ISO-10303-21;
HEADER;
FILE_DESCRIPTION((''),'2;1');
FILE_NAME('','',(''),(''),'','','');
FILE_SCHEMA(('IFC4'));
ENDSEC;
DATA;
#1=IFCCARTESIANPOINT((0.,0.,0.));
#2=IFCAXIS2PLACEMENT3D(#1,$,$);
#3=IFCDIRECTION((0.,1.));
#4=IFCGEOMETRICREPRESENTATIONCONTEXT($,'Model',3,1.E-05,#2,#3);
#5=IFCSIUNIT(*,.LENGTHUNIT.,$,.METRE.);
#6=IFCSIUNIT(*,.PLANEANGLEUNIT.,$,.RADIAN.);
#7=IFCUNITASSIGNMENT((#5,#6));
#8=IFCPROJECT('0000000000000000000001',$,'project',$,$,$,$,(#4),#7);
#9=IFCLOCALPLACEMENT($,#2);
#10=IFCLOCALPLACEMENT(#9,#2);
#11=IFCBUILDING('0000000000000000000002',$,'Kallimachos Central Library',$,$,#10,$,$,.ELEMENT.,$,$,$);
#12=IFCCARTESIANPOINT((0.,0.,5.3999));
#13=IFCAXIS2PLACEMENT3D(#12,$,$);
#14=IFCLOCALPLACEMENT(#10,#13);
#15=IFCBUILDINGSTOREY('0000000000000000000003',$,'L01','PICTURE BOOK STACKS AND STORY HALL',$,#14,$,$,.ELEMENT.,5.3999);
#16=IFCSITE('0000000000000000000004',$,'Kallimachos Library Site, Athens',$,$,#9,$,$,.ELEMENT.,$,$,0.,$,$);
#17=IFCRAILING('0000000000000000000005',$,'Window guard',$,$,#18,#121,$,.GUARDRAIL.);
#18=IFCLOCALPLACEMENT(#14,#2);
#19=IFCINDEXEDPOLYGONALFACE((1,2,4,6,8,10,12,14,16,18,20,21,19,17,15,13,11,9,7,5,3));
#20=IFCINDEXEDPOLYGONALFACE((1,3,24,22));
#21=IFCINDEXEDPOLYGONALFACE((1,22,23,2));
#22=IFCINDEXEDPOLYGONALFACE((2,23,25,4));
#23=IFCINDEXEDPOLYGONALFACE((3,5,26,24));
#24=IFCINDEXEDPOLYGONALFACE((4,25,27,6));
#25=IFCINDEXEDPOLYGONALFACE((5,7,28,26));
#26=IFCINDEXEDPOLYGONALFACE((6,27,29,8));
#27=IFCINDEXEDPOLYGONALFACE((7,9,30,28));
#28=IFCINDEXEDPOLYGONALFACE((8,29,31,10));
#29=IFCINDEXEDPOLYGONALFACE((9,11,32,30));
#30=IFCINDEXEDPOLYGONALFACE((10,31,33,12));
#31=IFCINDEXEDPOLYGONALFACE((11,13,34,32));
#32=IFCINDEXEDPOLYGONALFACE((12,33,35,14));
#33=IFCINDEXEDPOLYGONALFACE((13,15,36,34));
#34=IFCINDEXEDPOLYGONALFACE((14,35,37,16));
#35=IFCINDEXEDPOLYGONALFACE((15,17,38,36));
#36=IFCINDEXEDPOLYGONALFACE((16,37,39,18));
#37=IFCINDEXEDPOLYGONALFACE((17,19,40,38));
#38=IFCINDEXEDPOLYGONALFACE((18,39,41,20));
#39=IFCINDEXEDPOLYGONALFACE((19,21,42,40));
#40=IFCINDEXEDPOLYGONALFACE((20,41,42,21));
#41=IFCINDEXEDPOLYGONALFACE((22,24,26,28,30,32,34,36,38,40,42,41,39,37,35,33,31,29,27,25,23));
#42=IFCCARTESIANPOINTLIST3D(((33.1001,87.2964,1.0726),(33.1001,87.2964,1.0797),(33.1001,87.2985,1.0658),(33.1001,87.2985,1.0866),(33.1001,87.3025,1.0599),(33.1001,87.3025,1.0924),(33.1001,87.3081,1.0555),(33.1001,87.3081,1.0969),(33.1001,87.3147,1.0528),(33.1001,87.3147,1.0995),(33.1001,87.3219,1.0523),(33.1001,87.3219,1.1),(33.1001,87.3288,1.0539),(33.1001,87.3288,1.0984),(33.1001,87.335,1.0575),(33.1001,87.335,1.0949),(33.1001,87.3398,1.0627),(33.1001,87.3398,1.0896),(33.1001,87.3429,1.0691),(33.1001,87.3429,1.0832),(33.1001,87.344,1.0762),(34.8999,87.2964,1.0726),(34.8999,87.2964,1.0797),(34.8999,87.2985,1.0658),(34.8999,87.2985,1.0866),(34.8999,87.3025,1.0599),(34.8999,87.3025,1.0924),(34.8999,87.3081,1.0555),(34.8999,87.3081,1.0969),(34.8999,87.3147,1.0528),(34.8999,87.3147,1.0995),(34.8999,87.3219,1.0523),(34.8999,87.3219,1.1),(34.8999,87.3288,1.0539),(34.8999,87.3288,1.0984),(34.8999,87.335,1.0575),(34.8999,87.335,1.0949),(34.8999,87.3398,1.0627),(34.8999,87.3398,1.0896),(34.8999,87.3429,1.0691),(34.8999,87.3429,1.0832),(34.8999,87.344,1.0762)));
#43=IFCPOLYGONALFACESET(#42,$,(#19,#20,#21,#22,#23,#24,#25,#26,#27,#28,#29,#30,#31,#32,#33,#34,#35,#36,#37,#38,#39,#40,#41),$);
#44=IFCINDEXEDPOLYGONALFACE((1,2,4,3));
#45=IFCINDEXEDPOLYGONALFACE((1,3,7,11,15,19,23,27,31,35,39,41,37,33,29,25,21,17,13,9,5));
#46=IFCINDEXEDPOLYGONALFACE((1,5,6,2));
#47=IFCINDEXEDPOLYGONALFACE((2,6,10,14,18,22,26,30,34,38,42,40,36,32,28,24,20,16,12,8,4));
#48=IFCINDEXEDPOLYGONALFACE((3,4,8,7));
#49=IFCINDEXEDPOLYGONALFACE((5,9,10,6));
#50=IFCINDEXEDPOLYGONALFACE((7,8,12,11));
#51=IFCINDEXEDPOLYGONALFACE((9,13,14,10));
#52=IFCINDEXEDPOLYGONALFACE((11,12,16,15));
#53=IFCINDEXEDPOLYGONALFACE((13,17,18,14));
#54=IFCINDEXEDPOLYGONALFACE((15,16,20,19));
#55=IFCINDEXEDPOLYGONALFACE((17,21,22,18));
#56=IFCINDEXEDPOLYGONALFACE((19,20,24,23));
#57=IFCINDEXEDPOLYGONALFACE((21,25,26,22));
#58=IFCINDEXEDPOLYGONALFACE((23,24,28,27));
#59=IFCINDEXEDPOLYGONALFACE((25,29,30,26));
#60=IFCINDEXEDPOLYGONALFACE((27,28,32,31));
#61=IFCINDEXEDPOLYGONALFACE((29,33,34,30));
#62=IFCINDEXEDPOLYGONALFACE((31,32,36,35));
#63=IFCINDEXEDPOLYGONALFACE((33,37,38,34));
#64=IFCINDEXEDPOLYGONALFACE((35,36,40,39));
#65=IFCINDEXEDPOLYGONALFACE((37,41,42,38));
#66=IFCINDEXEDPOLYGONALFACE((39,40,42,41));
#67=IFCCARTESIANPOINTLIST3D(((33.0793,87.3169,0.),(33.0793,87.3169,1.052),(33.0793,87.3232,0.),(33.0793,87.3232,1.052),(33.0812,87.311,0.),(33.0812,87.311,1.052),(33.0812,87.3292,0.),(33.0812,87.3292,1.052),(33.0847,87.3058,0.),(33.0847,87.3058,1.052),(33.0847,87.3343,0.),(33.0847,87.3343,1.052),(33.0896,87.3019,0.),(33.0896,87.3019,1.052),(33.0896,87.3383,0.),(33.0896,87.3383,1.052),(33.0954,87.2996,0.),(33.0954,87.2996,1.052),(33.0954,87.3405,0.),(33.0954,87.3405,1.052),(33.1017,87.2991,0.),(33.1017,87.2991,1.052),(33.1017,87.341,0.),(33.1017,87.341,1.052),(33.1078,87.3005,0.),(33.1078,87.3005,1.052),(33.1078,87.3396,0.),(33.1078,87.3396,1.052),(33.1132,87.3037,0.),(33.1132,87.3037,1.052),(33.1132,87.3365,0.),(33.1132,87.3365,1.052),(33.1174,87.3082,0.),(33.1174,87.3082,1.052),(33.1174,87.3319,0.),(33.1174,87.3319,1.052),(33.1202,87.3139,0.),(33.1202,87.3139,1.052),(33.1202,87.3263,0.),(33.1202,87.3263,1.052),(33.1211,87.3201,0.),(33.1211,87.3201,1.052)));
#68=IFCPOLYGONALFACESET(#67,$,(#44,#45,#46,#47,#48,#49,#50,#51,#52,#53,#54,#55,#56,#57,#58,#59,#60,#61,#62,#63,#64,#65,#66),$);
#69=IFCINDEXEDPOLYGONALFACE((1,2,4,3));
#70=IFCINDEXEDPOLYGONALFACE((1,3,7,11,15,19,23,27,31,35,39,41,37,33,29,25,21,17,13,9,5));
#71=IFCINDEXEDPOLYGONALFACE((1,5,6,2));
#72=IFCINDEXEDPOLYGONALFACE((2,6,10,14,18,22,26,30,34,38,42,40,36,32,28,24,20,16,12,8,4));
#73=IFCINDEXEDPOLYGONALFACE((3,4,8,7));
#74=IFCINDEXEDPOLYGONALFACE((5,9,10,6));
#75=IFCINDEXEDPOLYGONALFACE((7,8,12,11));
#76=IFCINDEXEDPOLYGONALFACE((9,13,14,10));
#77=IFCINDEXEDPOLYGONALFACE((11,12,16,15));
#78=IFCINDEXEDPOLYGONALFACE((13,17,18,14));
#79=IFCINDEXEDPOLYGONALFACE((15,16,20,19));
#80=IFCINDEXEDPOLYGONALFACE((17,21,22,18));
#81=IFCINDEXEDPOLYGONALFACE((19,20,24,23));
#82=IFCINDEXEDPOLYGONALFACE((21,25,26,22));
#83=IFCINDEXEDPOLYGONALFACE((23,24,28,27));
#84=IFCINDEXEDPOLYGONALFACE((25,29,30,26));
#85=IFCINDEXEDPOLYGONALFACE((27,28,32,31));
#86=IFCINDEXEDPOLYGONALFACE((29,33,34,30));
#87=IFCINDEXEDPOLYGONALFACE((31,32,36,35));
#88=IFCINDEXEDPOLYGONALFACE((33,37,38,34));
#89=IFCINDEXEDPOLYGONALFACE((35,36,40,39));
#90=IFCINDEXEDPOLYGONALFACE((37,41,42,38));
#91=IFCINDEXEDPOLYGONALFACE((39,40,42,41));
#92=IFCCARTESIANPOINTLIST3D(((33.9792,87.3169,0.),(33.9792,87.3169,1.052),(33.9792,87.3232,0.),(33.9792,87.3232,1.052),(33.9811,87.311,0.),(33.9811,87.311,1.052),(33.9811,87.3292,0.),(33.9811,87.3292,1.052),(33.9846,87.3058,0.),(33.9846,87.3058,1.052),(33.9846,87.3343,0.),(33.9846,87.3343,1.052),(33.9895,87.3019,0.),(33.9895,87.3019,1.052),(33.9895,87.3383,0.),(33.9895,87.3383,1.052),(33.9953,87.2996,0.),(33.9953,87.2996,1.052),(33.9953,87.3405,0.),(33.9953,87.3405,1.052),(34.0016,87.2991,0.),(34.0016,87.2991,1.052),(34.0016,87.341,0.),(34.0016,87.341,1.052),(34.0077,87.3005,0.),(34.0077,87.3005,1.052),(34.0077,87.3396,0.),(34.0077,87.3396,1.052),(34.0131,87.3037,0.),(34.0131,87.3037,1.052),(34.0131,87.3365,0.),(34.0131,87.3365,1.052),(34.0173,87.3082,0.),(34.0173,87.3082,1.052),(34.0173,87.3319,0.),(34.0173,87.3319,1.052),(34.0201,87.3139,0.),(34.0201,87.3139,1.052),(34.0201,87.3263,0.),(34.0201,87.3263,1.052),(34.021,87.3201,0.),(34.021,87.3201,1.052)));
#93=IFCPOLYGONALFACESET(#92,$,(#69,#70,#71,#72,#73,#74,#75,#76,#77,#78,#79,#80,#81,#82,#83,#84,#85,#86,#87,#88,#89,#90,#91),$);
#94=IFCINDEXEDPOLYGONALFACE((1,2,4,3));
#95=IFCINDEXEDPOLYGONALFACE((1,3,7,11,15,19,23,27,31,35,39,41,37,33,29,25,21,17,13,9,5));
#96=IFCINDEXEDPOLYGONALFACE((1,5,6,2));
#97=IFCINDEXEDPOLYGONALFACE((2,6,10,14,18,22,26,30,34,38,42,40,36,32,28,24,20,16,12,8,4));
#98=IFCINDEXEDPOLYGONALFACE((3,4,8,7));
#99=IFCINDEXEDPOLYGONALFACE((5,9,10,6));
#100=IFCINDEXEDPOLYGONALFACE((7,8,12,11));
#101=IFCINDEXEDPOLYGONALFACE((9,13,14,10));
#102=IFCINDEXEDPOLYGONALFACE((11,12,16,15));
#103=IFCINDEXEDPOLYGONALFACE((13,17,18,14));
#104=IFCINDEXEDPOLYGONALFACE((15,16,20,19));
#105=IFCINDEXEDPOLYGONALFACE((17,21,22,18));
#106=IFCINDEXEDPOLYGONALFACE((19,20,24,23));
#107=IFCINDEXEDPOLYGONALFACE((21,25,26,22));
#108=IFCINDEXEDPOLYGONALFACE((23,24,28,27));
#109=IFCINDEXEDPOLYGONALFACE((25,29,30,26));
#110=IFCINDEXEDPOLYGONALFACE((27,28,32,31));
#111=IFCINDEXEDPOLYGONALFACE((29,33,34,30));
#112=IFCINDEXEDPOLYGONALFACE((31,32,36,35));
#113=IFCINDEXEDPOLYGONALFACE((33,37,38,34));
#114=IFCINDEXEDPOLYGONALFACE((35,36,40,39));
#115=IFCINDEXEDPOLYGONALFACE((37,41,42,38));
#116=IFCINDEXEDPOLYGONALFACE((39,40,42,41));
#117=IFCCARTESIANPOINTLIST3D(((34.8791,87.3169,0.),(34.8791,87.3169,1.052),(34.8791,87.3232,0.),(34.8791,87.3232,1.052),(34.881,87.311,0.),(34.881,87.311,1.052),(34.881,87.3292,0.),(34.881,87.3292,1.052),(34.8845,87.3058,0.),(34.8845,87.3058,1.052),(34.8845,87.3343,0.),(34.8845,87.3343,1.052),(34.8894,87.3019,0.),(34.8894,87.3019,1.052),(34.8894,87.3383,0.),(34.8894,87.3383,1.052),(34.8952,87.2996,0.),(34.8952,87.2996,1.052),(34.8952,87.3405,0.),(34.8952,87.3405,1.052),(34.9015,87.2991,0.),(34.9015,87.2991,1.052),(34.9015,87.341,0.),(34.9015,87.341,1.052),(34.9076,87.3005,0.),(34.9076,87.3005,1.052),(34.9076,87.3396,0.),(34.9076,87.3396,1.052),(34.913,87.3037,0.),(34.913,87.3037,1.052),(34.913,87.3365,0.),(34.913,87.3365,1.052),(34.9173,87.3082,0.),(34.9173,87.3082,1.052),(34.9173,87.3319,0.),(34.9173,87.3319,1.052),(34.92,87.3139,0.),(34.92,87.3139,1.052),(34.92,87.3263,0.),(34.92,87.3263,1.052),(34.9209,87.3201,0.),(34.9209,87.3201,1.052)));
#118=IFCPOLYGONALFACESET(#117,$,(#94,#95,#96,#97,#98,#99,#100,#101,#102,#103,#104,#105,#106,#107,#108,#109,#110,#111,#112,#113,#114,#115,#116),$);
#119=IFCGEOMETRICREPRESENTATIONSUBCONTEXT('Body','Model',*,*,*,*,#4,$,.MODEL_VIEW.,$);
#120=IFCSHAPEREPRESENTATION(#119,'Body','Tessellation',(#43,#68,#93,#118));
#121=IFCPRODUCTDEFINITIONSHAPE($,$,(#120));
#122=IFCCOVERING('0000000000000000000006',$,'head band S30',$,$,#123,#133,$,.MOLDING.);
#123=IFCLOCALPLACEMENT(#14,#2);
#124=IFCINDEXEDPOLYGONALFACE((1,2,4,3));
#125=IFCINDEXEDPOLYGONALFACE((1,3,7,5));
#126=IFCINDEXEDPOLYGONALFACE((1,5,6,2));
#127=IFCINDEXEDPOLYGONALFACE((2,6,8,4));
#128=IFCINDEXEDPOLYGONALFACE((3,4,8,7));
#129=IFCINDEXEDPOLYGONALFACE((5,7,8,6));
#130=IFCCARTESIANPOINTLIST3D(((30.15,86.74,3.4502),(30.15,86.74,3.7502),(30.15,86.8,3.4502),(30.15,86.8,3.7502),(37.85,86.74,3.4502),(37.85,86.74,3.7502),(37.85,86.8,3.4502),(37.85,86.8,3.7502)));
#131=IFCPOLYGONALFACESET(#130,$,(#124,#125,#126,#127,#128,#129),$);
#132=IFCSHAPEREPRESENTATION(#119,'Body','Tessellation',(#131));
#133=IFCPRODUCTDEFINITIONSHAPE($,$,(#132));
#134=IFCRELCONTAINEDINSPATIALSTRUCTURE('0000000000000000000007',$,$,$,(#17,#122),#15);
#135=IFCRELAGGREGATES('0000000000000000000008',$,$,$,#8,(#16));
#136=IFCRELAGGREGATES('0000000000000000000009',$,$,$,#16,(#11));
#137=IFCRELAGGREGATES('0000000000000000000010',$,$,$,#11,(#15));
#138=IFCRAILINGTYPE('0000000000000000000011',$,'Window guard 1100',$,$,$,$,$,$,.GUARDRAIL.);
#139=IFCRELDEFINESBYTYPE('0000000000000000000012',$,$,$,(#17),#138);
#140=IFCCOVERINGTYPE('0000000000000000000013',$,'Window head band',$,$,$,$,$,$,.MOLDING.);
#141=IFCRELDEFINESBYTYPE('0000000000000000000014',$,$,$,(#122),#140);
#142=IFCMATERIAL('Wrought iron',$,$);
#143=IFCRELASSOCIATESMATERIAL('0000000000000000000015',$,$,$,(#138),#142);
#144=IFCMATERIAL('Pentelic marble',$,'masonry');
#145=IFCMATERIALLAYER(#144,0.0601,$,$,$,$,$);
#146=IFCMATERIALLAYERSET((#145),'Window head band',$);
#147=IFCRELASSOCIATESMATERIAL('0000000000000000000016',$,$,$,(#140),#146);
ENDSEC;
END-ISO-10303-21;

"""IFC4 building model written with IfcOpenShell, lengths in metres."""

from ifc_helpers import new_model, si_unit, direction, frame, origin, origin_2d, place, context, subcontext, project, spatial, rectangle, circle, extrude, material, layer, layer_set, type_object, element, save


model = new_model("IFC4")

# Units and contexts
model_context = context("Model", 3, precision=1e-05, world=origin(), true_north=direction((0.0, 1.0)))
body_context = subcontext(model_context, "Body", "Model", "MODEL_VIEW")
ifc_project = project(units=[si_unit("LENGTHUNIT", "METRE"), si_unit("PLANEANGLEUNIT", "RADIAN")], contexts=[model_context])

# Site, building, storey
site_placement = place(None, origin())
site = spatial("IfcSite", under=ifc_project, at=site_placement, Name="Kallimachos Library Site, Athens", CompositionType="ELEMENT", RefElevation=0.0)
building_placement = place(site_placement, origin())
building = spatial("IfcBuilding", under=site, at=building_placement, Name="Kallimachos Central Library", CompositionType="ELEMENT")
storey_placement = place(building_placement, frame((0.0, 0.0, 5.3999)))
storey = spatial("IfcBuildingStorey", under=building, at=storey_placement, Name="L01", Description="PICTURE BOOK STACKS AND STORY HALL", CompositionType="ELEMENT", Elevation=5.3999)

# Railing
ifc_material_1 = material(Name="Wrought iron")
railing_type = type_object("IfcRailingType", Name="Window guard 1100", PredefinedType="GUARDRAIL", material=ifc_material_1)
for number, where, name in (
    (1, (33.1001, 87.3201, 0.0), "Window guard"),
):
    element("IfcRailing", number, at=place(storey_placement, frame(where)), inside=storey, type_object=railing_type, Name=name, PredefinedType="GUARDRAIL", context=body_context, shape_type="SweptSolid", body=[
        extrude(circle(Radius=0.0239, at=origin_2d()), frame((0.0, 0.0, 1.0762), z_axis=(1.0, 0.0, 0.0), x_axis=(0.0, 1.0, 0.0)), (0.0, 0.0, 1.0), 1.7998),
        extrude(circle(Radius=0.021, at=origin_2d()), origin(), (0.0, 0.0, 1.0), 1.052),
        extrude(circle(Radius=0.021, at=origin_2d()), frame((0.8999, 0.0, 0.0)), (0.0, 0.0, 1.0), 1.052),
        extrude(circle(Radius=0.021, at=origin_2d()), frame((1.7998, 0.0, 0.0)), (0.0, 0.0, 1.0), 1.052),
    ])

# Covering
ifc_material_2 = material(Name="Pentelic marble", Category="masonry")
ifc_layer_1 = layer(ifc_material_2, 0.0601)
ifc_layer_set_1 = layer_set([ifc_layer_1], Name="Window head band")
covering_type_1 = type_object("IfcCoveringType", Name="Window head band", PredefinedType="MOLDING", material=ifc_layer_set_1)
covering_1_placement = place(storey_placement, frame((34.0, 86.77, 3.4502), z_axis=(0.0, 0.0, 1.0), x_axis=(1.0, 0.0, 0.0)))
element("IfcCovering", 2, at=covering_1_placement, inside=storey, type_object=covering_type_1, Name="head band S30", PredefinedType="MOLDING", context=body_context, shape_type="SweptSolid", body=[
    extrude(rectangle(XDim=7.7, YDim=0.0601, at=origin_2d()), origin(), (0.0, 0.0, 1.0), 0.3),
])

save(model, "model.ifc")
